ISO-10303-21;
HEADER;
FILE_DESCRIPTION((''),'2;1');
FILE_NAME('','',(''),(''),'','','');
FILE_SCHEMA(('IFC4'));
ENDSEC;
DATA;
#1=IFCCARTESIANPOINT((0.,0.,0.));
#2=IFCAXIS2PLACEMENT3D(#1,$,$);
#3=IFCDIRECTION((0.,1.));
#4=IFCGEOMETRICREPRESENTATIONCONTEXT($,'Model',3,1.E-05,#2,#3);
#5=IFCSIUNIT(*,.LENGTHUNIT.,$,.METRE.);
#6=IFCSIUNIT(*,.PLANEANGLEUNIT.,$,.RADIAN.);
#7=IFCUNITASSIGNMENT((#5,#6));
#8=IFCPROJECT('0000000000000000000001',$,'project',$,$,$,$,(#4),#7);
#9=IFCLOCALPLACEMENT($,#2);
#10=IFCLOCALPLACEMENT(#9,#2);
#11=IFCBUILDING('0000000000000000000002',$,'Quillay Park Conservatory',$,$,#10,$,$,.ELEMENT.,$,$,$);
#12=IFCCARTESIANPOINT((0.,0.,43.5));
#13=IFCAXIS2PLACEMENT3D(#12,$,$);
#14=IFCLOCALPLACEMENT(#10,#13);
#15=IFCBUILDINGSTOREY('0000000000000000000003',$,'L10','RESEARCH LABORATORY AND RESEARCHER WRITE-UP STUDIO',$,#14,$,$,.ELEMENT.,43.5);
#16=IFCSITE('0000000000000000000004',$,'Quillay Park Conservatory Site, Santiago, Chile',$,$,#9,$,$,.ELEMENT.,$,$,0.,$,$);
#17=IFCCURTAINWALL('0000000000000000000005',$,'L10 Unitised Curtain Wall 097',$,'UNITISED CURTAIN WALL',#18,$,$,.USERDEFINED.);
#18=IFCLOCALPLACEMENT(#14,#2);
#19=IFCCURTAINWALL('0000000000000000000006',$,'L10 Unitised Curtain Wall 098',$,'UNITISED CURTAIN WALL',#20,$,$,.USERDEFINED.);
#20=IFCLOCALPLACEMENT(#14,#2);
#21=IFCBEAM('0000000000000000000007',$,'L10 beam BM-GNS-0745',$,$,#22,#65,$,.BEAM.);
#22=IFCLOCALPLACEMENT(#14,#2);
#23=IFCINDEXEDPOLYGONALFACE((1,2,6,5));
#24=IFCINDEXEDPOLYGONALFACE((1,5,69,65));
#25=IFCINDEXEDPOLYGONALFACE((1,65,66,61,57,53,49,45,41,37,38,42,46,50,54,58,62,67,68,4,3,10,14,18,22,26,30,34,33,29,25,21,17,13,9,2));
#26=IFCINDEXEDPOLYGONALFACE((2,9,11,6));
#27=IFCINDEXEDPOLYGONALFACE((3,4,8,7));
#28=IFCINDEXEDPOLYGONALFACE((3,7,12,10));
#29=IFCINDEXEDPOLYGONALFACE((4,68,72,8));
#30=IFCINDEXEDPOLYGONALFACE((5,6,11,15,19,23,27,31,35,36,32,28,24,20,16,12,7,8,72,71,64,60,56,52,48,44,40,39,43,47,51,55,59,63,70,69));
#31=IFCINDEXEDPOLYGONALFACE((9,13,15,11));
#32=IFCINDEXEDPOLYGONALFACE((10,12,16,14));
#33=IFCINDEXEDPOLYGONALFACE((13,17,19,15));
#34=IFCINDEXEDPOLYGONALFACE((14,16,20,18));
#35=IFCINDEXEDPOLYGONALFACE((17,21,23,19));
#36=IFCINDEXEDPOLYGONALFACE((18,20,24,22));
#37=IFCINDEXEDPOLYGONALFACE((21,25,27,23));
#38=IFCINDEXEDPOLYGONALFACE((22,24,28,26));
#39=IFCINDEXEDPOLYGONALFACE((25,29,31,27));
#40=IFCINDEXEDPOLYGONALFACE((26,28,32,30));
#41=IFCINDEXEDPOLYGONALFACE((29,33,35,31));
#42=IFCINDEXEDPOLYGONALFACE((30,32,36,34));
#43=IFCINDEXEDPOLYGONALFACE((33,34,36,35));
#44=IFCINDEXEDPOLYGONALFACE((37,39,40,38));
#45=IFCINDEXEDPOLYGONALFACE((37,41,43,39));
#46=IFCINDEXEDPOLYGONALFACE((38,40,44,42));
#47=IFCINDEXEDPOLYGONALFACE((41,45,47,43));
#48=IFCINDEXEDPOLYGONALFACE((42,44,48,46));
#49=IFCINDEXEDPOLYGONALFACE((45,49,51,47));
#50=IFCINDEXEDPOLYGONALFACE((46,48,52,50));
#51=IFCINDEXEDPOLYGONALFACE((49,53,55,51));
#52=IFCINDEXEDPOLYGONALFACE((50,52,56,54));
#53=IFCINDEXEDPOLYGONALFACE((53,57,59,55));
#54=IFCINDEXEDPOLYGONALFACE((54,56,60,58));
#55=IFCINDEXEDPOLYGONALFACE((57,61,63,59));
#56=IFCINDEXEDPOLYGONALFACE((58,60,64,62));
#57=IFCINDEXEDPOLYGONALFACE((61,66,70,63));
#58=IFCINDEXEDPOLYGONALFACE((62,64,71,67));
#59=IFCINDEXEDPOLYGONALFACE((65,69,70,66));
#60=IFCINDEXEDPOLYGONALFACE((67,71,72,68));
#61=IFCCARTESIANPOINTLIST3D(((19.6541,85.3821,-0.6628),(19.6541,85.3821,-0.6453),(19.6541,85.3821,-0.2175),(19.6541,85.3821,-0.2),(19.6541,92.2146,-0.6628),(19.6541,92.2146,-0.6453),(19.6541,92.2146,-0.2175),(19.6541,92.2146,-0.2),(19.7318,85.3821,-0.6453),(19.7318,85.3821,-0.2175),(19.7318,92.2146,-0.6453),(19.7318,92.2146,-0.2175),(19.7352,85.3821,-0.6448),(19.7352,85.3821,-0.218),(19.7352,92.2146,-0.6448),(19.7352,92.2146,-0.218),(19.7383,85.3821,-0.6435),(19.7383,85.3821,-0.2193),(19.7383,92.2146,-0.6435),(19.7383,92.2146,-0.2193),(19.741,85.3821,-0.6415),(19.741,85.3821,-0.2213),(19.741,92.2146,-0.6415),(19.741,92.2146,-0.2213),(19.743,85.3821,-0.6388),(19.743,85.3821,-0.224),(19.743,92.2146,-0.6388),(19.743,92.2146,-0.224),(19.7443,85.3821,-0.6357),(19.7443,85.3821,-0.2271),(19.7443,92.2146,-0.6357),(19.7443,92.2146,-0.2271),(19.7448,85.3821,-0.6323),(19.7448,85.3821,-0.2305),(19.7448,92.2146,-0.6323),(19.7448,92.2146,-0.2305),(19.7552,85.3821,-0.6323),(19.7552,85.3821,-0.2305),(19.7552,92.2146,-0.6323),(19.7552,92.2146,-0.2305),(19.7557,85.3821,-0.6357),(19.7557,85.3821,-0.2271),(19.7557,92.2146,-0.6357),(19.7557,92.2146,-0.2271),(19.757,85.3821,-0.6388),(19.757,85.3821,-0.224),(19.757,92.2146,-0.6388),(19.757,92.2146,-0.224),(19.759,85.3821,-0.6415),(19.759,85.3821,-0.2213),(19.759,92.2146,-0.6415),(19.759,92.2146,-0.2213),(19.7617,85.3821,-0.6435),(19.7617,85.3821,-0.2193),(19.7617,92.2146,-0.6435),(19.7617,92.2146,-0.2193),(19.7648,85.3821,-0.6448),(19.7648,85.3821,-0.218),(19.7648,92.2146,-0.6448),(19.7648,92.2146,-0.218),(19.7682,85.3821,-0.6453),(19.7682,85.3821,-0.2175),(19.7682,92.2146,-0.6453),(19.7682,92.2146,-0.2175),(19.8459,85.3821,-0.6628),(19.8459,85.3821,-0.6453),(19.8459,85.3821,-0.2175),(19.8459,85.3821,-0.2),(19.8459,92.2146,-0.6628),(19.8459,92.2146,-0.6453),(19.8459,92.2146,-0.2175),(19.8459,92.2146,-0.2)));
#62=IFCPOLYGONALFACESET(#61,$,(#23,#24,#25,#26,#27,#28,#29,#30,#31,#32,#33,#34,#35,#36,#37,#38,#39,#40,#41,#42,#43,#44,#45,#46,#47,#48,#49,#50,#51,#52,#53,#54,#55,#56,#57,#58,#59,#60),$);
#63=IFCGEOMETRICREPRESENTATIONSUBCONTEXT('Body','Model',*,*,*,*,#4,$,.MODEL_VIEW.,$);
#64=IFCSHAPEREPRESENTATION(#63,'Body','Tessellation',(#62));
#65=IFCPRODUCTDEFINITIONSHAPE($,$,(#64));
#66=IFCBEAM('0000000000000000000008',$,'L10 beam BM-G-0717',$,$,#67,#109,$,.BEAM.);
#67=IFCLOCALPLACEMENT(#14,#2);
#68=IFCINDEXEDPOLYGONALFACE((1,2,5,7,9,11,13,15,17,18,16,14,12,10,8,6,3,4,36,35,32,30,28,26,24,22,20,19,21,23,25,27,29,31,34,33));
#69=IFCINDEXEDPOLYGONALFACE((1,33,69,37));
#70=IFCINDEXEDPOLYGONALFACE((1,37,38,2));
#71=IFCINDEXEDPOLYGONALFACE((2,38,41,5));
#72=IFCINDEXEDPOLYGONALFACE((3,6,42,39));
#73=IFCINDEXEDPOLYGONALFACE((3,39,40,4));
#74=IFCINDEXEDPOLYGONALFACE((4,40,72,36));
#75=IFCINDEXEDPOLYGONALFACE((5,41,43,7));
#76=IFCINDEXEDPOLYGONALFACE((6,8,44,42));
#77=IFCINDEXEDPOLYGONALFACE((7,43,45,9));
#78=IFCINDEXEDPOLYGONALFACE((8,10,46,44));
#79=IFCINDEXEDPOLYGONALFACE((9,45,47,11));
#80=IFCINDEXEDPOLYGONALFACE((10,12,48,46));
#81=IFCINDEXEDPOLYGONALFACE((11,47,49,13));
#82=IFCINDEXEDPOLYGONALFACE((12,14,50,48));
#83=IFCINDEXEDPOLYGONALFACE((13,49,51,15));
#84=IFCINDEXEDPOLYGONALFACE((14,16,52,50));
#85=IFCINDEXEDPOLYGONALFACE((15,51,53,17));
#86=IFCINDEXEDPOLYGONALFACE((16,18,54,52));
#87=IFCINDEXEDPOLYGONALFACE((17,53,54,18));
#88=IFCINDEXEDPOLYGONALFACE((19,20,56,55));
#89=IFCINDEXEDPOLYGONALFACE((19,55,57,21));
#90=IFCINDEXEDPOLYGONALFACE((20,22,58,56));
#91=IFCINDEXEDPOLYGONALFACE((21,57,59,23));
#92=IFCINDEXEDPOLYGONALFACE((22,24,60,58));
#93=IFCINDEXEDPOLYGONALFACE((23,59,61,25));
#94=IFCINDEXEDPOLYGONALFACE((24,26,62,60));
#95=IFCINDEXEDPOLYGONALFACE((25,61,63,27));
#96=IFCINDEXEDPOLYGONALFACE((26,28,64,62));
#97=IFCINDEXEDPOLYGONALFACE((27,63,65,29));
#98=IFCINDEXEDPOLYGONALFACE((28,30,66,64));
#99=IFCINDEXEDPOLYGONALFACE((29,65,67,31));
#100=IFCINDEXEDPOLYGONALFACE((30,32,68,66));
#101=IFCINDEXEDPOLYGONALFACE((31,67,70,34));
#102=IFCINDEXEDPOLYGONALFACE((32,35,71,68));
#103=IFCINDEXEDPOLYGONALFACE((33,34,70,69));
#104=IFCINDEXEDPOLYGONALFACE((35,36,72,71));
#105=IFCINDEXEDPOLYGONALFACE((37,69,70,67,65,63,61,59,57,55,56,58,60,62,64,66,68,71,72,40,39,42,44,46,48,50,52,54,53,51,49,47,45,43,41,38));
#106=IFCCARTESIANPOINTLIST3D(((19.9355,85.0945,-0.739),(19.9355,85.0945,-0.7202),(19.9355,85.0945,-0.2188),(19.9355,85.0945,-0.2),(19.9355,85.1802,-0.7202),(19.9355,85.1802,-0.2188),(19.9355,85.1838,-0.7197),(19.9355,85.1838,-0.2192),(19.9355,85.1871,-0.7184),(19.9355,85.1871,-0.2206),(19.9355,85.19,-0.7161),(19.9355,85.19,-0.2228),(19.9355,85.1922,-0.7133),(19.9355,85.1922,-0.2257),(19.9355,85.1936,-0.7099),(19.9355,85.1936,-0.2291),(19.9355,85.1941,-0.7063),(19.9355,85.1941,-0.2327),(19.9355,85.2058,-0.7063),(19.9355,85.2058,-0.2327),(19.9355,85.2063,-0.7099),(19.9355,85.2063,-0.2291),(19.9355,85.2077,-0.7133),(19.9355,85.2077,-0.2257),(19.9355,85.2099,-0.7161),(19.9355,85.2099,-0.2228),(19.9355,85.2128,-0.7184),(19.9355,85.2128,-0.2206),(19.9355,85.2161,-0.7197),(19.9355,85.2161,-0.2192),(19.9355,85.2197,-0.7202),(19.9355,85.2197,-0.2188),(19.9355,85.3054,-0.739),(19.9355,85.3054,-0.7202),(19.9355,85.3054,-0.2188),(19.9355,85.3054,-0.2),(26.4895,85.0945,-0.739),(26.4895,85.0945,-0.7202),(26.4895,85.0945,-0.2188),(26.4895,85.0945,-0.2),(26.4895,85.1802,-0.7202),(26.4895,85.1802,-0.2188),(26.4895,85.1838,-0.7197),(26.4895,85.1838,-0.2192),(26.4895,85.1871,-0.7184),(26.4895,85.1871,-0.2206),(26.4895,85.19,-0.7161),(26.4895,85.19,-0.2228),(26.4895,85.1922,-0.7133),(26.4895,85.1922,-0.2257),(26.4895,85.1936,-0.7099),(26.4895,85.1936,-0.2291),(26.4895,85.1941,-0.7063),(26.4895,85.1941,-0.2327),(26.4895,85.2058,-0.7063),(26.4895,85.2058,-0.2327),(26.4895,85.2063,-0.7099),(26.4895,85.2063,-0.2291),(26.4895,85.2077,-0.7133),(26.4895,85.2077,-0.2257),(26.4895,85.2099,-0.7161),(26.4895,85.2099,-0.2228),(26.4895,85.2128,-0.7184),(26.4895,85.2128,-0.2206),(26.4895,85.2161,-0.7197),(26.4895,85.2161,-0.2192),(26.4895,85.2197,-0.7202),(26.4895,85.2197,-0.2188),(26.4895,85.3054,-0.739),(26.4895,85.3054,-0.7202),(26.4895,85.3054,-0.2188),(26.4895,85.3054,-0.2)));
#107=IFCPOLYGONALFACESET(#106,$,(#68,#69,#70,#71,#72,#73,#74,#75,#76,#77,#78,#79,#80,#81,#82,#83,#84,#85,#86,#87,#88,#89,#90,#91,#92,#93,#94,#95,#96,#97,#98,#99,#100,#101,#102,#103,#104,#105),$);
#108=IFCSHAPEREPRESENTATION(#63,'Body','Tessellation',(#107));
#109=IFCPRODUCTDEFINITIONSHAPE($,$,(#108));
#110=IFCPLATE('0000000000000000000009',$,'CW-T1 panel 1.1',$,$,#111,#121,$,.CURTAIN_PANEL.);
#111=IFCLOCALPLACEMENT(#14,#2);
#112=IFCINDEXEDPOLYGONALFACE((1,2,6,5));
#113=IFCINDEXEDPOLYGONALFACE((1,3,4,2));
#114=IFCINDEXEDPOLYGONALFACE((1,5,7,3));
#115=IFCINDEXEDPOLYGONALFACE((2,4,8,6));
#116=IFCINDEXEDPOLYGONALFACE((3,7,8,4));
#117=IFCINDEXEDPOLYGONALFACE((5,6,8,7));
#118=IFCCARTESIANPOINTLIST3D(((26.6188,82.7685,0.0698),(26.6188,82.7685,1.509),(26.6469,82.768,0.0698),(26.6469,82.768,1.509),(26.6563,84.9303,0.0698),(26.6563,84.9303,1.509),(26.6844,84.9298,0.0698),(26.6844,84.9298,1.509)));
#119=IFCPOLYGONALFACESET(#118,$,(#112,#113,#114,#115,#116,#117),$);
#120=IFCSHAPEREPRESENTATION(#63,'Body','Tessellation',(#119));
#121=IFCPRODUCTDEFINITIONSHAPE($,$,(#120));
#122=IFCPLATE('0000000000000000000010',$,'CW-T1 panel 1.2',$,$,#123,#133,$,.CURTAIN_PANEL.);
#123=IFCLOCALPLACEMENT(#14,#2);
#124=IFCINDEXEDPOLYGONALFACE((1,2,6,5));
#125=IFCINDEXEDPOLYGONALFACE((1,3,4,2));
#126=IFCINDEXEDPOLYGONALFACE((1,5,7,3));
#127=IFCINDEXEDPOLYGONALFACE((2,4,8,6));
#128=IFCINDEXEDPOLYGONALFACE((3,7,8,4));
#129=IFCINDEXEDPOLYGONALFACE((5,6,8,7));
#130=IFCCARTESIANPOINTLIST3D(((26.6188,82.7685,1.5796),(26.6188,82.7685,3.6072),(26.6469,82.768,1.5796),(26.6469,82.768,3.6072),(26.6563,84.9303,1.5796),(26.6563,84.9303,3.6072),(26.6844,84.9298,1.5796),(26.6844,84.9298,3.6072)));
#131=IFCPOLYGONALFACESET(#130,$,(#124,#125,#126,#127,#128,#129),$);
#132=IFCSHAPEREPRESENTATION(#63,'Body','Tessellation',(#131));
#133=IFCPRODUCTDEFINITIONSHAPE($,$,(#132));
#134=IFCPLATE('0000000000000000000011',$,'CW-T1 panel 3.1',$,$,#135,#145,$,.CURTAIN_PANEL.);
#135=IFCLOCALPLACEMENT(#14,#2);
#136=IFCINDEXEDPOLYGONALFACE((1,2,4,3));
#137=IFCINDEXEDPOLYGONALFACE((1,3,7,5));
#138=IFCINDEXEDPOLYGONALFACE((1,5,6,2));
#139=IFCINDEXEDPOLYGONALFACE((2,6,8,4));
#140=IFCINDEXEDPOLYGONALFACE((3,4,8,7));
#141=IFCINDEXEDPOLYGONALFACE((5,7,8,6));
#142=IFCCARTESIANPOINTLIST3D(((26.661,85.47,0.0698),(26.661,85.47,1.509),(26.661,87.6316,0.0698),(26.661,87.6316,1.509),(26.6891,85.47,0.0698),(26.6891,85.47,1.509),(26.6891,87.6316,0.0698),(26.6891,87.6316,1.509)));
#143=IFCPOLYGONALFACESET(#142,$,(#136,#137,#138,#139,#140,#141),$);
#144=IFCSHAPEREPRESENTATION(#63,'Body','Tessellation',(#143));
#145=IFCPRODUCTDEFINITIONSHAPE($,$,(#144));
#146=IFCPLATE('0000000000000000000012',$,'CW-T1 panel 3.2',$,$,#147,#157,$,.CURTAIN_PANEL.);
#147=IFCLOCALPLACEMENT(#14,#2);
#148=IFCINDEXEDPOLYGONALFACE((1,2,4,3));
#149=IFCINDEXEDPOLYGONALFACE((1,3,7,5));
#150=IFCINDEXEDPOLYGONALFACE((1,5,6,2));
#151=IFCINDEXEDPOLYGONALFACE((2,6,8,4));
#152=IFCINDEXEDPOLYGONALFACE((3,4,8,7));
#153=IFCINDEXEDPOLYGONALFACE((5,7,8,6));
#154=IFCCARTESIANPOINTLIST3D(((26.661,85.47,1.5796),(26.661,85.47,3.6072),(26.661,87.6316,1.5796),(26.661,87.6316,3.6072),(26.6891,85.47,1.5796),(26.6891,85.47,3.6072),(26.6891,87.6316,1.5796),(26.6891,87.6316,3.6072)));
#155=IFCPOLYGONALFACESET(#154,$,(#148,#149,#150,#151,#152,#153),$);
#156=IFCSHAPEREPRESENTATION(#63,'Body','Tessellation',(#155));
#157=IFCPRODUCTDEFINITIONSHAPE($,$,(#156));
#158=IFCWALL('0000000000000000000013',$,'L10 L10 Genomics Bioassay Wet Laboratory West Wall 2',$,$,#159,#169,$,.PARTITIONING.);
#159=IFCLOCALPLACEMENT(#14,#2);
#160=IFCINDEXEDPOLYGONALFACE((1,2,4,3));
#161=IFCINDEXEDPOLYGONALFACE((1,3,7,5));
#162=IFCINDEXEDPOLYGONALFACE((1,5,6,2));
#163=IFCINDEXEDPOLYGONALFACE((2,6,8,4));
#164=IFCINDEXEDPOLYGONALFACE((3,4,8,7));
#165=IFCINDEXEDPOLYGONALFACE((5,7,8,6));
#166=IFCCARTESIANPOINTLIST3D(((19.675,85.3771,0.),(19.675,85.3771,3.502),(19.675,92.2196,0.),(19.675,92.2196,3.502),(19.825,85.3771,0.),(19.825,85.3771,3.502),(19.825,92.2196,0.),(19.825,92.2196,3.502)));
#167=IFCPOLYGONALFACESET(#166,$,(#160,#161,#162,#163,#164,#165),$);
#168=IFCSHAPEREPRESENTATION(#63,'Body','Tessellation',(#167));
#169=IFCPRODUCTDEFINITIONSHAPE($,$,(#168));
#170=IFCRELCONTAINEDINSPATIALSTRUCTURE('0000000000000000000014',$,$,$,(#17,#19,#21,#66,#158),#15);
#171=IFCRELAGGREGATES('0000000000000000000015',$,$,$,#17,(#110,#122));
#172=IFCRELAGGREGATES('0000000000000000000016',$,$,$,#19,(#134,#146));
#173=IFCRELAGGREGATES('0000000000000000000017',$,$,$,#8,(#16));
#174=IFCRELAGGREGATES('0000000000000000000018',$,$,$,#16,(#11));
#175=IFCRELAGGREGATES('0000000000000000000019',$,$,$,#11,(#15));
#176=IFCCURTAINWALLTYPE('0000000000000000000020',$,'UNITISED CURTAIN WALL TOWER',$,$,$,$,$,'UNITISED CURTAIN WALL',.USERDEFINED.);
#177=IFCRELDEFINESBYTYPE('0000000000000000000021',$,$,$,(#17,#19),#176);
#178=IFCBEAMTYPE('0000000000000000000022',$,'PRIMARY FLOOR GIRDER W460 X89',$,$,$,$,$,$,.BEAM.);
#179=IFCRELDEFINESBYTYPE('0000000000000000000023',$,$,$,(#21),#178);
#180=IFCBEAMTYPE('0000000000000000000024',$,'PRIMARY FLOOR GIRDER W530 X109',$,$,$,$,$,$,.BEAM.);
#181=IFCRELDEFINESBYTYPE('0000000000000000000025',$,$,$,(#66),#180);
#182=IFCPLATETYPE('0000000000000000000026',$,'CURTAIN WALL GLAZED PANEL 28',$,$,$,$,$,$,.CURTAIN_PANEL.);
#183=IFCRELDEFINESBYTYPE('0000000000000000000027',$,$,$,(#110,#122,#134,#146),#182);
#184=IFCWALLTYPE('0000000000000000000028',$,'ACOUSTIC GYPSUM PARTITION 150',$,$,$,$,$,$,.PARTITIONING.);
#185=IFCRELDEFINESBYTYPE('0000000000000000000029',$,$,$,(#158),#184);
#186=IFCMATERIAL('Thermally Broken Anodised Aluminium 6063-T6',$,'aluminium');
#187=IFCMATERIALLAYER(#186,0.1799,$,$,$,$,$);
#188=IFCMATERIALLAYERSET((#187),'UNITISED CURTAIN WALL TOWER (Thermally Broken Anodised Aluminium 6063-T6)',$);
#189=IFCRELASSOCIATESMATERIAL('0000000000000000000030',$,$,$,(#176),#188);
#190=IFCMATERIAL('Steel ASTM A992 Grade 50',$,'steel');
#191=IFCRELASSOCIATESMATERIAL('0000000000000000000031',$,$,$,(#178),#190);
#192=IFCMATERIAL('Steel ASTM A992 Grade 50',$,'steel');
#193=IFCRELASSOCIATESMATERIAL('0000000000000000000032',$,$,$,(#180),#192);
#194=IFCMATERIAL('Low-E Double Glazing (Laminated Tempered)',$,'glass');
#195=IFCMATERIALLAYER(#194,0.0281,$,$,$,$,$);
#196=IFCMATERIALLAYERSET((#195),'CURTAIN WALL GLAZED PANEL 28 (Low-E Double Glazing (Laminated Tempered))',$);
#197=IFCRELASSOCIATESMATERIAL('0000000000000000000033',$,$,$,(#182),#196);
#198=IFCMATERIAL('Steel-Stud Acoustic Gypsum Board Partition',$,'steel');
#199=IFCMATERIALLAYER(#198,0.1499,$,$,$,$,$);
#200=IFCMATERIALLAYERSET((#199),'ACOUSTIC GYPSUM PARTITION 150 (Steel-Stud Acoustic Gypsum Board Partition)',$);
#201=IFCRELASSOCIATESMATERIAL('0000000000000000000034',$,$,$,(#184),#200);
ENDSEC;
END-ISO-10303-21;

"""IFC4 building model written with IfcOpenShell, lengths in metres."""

from ifc_helpers import new_model, si_unit, direction, frame, frame_2d, origin, origin_2d, place, context, subcontext, project, spatial, rectangle, i_section, extrude, material, layer, layer_set, material_profile, profile_set, type_object, element, aggregate, save


model = new_model("IFC4")

# Units and contexts
model_context = context("Model", 3, precision=1e-05, world=origin(), true_north=direction((0.0, 1.0)))
body_context = subcontext(model_context, "Body", "Model", "MODEL_VIEW")
ifc_project = project(units=[si_unit("LENGTHUNIT", "METRE"), si_unit("PLANEANGLEUNIT", "RADIAN")], contexts=[model_context])

# Site, building, storey
site_placement = place(None, origin())
site = spatial("IfcSite", under=ifc_project, at=site_placement, Name="Quillay Park Conservatory Site, Santiago, Chile", CompositionType="ELEMENT", RefElevation=0.0)
building_placement = place(site_placement, origin())
building = spatial("IfcBuilding", under=site, at=building_placement, Name="Quillay Park Conservatory", CompositionType="ELEMENT")
storey_placement = place(building_placement, frame((0.0, 0.0, 43.5)))
storey = spatial("IfcBuildingStorey", under=building, at=storey_placement, Name="L10", Description="RESEARCH LABORATORY AND RESEARCHER WRITE-UP STUDIO", CompositionType="ELEMENT", Elevation=43.5)

# Curtain walls
ifc_material_1 = material(Name="Thermally Broken Anodised Aluminium 6063-T6", Category="aluminium")
ifc_layer_1 = layer(ifc_material_1, 0.1799)
ifc_layer_set_1 = layer_set([ifc_layer_1], Name="UNITISED CURTAIN WALL TOWER (Thermally Broken Anodised Aluminium 6063-T6)")
curtain_wall_type = type_object("IfcCurtainWallType", Name="UNITISED CURTAIN WALL TOWER", ElementType="UNITISED CURTAIN WALL", PredefinedType="USERDEFINED", material=ifc_layer_set_1)
curtain_wall_1_placement = place(storey_placement, origin())
curtain_wall_1 = element("IfcCurtainWall", 1, at=curtain_wall_1_placement, inside=storey, type_object=curtain_wall_type, Name="L10 Unitised Curtain Wall 097", ObjectType="UNITISED CURTAIN WALL", PredefinedType="USERDEFINED")
curtain_wall_2_placement = place(storey_placement, origin())
curtain_wall_2 = element("IfcCurtainWall", 2, at=curtain_wall_2_placement, inside=storey, type_object=curtain_wall_type, Name="L10 Unitised Curtain Wall 098", ObjectType="UNITISED CURTAIN WALL", PredefinedType="USERDEFINED")

# Beams
ifc_material_2 = material(Name="Steel ASTM A992 Grade 50", Category="steel")
ifc_material_profile_1 = material_profile(ifc_material_2, i_section(OverallWidth=0.1919, OverallDepth=0.4629, WebThickness=0.0105, FlangeThickness=0.0176, FilletRadius=0.0129, at=origin_2d()), Name="W460x89")
ifc_profile_set_1 = profile_set([ifc_material_profile_1], Name="Steel ASTM A992 Grade 50")
beam_type_1 = type_object("IfcBeamType", Name="PRIMARY FLOOR GIRDER W460 X89", PredefinedType="BEAM", material=ifc_profile_set_1)
beam_1_placement = place(storey_placement, frame((19.75, 85.3821, -0.4314), z_axis=(0.0, 1.0, 0.0), x_axis=(-1.0, 0.0, 0.0)))
element("IfcBeam", 3, at=beam_1_placement, inside=storey, type_object=beam_type_1, Name="L10 beam BM-GNS-0745", PredefinedType="BEAM", context=body_context, shape_type="SweptSolid", body=[
    extrude(i_section(OverallWidth=0.1919, OverallDepth=0.4629, WebThickness=0.0105, FlangeThickness=0.0176, FilletRadius=0.0129, at=origin_2d()), origin(), (0.0, 0.0, 1.0), 6.8325),
])
ifc_material_3 = material(Name="Steel ASTM A992 Grade 50", Category="steel")
ifc_material_profile_2 = material_profile(ifc_material_3, i_section(OverallWidth=0.2109, OverallDepth=0.5391, WebThickness=0.0117, FlangeThickness=0.0188, FilletRadius=0.0139, at=origin_2d()), Name="W530x109")
ifc_profile_set_2 = profile_set([ifc_material_profile_2], Name="Steel ASTM A992 Grade 50")
beam_type_2 = type_object("IfcBeamType", Name="PRIMARY FLOOR GIRDER W530 X109", PredefinedType="BEAM", material=ifc_profile_set_2)
beam_2_placement = place(storey_placement, frame((19.9355, 85.2, -0.4695), z_axis=(1.0, 0.0, 0.0), x_axis=(0.0, 1.0, 0.0)))
element("IfcBeam", 4, at=beam_2_placement, inside=storey, type_object=beam_type_2, Name="L10 beam BM-G-0717", PredefinedType="BEAM", context=body_context, shape_type="SweptSolid", body=[
    extrude(i_section(OverallWidth=0.2109, OverallDepth=0.5391, WebThickness=0.0117, FlangeThickness=0.0188, FilletRadius=0.0139, at=origin_2d()), origin(), (0.0, 0.0, 1.0), 6.554),
])

# Plates
ifc_material_4 = material(Name="Low-E Double Glazing (Laminated Tempered)", Category="glass")
ifc_layer_2 = layer(ifc_material_4, 0.0281)
ifc_layer_set_2 = layer_set([ifc_layer_2], Name="CURTAIN WALL GLAZED PANEL 28 (Low-E Double Glazing (Laminated Tempered))")
plate_type = type_object("IfcPlateType", Name="CURTAIN WALL GLAZED PANEL 28", PredefinedType="CURTAIN_PANEL", material=ifc_layer_set_2)
plate_1_placement = place(storey_placement, frame((26.6516, 83.8491, 0.0698), z_axis=(0.0, 0.0, 1.0), x_axis=(-0.01735, -0.999849, 0.0)))
plate_1 = element("IfcPlate", 5, at=plate_1_placement, type_object=plate_type, Name="CW-T1 panel 1.1", PredefinedType="CURTAIN_PANEL", context=body_context, shape_type="SweptSolid", body=[
    extrude(rectangle(XDim=2.1621, YDim=0.0281, at=origin_2d()), origin(), (0.0, 0.0, 1.0), 1.4392),
])
plate_2_placement = place(storey_placement, frame((26.6516, 83.8491, 1.5796), z_axis=(0.0, 0.0, 1.0), x_axis=(-0.01735, -0.999849, 0.0)))
plate_2 = element("IfcPlate", 6, at=plate_2_placement, type_object=plate_type, Name="CW-T1 panel 1.2", PredefinedType="CURTAIN_PANEL", context=body_context, shape_type="SweptSolid", body=[
    extrude(rectangle(XDim=2.1621, YDim=0.0281, at=origin_2d()), origin(), (0.0, 0.0, 1.0), 2.0276),
])
aggregate(curtain_wall_1, [plate_1, plate_2])
plate_3_placement = place(storey_placement, frame((26.675, 86.5508, 0.0698), z_axis=(0.0, 0.0, 1.0), x_axis=(0.0, -1.0, 0.0)))
plate_3 = element("IfcPlate", 7, at=plate_3_placement, type_object=plate_type, Name="CW-T1 panel 3.1", PredefinedType="CURTAIN_PANEL", context=body_context, shape_type="SweptSolid", body=[
    extrude(rectangle(XDim=2.1616, YDim=0.0281, at=origin_2d()), origin(), (0.0, 0.0, 1.0), 1.4392),
])
plate_4_placement = place(storey_placement, frame((26.675, 86.5508, 1.5796), z_axis=(0.0, 0.0, 1.0), x_axis=(0.0, -1.0, 0.0)))
plate_4 = element("IfcPlate", 8, at=plate_4_placement, type_object=plate_type, Name="CW-T1 panel 3.2", PredefinedType="CURTAIN_PANEL", context=body_context, shape_type="SweptSolid", body=[
    extrude(rectangle(XDim=2.1616, YDim=0.0281, at=origin_2d()), origin(), (0.0, 0.0, 1.0), 2.0276),
])
aggregate(curtain_wall_2, [plate_3, plate_4])

# Wall
ifc_material_5 = material(Name="Steel-Stud Acoustic Gypsum Board Partition", Category="steel")
ifc_layer_3 = layer(ifc_material_5, 0.1499)
ifc_layer_set_3 = layer_set([ifc_layer_3], Name="ACOUSTIC GYPSUM PARTITION 150 (Steel-Stud Acoustic Gypsum Board Partition)")
wall_type = type_object("IfcWallType", Name="ACOUSTIC GYPSUM PARTITION 150", PredefinedType="PARTITIONING", material=ifc_layer_set_3)
wall_placement = place(storey_placement, frame((19.75, 85.377, 0.0), z_axis=(0.0, 0.0, 1.0), x_axis=(0.0, 1.0, 0.0)))
element("IfcWall", 9, at=wall_placement, inside=storey, type_object=wall_type, Name="L10 L10 Genomics Bioassay Wet Laboratory West Wall 2", PredefinedType="PARTITIONING", context=body_context, shape_type="SweptSolid", body=[
    extrude(rectangle(XDim=6.8425, YDim=0.1499, at=frame_2d((3.4214, 0.0))), origin(), (0.0, 0.0, 1.0), 3.502),
])

save(model, "model.ifc")
